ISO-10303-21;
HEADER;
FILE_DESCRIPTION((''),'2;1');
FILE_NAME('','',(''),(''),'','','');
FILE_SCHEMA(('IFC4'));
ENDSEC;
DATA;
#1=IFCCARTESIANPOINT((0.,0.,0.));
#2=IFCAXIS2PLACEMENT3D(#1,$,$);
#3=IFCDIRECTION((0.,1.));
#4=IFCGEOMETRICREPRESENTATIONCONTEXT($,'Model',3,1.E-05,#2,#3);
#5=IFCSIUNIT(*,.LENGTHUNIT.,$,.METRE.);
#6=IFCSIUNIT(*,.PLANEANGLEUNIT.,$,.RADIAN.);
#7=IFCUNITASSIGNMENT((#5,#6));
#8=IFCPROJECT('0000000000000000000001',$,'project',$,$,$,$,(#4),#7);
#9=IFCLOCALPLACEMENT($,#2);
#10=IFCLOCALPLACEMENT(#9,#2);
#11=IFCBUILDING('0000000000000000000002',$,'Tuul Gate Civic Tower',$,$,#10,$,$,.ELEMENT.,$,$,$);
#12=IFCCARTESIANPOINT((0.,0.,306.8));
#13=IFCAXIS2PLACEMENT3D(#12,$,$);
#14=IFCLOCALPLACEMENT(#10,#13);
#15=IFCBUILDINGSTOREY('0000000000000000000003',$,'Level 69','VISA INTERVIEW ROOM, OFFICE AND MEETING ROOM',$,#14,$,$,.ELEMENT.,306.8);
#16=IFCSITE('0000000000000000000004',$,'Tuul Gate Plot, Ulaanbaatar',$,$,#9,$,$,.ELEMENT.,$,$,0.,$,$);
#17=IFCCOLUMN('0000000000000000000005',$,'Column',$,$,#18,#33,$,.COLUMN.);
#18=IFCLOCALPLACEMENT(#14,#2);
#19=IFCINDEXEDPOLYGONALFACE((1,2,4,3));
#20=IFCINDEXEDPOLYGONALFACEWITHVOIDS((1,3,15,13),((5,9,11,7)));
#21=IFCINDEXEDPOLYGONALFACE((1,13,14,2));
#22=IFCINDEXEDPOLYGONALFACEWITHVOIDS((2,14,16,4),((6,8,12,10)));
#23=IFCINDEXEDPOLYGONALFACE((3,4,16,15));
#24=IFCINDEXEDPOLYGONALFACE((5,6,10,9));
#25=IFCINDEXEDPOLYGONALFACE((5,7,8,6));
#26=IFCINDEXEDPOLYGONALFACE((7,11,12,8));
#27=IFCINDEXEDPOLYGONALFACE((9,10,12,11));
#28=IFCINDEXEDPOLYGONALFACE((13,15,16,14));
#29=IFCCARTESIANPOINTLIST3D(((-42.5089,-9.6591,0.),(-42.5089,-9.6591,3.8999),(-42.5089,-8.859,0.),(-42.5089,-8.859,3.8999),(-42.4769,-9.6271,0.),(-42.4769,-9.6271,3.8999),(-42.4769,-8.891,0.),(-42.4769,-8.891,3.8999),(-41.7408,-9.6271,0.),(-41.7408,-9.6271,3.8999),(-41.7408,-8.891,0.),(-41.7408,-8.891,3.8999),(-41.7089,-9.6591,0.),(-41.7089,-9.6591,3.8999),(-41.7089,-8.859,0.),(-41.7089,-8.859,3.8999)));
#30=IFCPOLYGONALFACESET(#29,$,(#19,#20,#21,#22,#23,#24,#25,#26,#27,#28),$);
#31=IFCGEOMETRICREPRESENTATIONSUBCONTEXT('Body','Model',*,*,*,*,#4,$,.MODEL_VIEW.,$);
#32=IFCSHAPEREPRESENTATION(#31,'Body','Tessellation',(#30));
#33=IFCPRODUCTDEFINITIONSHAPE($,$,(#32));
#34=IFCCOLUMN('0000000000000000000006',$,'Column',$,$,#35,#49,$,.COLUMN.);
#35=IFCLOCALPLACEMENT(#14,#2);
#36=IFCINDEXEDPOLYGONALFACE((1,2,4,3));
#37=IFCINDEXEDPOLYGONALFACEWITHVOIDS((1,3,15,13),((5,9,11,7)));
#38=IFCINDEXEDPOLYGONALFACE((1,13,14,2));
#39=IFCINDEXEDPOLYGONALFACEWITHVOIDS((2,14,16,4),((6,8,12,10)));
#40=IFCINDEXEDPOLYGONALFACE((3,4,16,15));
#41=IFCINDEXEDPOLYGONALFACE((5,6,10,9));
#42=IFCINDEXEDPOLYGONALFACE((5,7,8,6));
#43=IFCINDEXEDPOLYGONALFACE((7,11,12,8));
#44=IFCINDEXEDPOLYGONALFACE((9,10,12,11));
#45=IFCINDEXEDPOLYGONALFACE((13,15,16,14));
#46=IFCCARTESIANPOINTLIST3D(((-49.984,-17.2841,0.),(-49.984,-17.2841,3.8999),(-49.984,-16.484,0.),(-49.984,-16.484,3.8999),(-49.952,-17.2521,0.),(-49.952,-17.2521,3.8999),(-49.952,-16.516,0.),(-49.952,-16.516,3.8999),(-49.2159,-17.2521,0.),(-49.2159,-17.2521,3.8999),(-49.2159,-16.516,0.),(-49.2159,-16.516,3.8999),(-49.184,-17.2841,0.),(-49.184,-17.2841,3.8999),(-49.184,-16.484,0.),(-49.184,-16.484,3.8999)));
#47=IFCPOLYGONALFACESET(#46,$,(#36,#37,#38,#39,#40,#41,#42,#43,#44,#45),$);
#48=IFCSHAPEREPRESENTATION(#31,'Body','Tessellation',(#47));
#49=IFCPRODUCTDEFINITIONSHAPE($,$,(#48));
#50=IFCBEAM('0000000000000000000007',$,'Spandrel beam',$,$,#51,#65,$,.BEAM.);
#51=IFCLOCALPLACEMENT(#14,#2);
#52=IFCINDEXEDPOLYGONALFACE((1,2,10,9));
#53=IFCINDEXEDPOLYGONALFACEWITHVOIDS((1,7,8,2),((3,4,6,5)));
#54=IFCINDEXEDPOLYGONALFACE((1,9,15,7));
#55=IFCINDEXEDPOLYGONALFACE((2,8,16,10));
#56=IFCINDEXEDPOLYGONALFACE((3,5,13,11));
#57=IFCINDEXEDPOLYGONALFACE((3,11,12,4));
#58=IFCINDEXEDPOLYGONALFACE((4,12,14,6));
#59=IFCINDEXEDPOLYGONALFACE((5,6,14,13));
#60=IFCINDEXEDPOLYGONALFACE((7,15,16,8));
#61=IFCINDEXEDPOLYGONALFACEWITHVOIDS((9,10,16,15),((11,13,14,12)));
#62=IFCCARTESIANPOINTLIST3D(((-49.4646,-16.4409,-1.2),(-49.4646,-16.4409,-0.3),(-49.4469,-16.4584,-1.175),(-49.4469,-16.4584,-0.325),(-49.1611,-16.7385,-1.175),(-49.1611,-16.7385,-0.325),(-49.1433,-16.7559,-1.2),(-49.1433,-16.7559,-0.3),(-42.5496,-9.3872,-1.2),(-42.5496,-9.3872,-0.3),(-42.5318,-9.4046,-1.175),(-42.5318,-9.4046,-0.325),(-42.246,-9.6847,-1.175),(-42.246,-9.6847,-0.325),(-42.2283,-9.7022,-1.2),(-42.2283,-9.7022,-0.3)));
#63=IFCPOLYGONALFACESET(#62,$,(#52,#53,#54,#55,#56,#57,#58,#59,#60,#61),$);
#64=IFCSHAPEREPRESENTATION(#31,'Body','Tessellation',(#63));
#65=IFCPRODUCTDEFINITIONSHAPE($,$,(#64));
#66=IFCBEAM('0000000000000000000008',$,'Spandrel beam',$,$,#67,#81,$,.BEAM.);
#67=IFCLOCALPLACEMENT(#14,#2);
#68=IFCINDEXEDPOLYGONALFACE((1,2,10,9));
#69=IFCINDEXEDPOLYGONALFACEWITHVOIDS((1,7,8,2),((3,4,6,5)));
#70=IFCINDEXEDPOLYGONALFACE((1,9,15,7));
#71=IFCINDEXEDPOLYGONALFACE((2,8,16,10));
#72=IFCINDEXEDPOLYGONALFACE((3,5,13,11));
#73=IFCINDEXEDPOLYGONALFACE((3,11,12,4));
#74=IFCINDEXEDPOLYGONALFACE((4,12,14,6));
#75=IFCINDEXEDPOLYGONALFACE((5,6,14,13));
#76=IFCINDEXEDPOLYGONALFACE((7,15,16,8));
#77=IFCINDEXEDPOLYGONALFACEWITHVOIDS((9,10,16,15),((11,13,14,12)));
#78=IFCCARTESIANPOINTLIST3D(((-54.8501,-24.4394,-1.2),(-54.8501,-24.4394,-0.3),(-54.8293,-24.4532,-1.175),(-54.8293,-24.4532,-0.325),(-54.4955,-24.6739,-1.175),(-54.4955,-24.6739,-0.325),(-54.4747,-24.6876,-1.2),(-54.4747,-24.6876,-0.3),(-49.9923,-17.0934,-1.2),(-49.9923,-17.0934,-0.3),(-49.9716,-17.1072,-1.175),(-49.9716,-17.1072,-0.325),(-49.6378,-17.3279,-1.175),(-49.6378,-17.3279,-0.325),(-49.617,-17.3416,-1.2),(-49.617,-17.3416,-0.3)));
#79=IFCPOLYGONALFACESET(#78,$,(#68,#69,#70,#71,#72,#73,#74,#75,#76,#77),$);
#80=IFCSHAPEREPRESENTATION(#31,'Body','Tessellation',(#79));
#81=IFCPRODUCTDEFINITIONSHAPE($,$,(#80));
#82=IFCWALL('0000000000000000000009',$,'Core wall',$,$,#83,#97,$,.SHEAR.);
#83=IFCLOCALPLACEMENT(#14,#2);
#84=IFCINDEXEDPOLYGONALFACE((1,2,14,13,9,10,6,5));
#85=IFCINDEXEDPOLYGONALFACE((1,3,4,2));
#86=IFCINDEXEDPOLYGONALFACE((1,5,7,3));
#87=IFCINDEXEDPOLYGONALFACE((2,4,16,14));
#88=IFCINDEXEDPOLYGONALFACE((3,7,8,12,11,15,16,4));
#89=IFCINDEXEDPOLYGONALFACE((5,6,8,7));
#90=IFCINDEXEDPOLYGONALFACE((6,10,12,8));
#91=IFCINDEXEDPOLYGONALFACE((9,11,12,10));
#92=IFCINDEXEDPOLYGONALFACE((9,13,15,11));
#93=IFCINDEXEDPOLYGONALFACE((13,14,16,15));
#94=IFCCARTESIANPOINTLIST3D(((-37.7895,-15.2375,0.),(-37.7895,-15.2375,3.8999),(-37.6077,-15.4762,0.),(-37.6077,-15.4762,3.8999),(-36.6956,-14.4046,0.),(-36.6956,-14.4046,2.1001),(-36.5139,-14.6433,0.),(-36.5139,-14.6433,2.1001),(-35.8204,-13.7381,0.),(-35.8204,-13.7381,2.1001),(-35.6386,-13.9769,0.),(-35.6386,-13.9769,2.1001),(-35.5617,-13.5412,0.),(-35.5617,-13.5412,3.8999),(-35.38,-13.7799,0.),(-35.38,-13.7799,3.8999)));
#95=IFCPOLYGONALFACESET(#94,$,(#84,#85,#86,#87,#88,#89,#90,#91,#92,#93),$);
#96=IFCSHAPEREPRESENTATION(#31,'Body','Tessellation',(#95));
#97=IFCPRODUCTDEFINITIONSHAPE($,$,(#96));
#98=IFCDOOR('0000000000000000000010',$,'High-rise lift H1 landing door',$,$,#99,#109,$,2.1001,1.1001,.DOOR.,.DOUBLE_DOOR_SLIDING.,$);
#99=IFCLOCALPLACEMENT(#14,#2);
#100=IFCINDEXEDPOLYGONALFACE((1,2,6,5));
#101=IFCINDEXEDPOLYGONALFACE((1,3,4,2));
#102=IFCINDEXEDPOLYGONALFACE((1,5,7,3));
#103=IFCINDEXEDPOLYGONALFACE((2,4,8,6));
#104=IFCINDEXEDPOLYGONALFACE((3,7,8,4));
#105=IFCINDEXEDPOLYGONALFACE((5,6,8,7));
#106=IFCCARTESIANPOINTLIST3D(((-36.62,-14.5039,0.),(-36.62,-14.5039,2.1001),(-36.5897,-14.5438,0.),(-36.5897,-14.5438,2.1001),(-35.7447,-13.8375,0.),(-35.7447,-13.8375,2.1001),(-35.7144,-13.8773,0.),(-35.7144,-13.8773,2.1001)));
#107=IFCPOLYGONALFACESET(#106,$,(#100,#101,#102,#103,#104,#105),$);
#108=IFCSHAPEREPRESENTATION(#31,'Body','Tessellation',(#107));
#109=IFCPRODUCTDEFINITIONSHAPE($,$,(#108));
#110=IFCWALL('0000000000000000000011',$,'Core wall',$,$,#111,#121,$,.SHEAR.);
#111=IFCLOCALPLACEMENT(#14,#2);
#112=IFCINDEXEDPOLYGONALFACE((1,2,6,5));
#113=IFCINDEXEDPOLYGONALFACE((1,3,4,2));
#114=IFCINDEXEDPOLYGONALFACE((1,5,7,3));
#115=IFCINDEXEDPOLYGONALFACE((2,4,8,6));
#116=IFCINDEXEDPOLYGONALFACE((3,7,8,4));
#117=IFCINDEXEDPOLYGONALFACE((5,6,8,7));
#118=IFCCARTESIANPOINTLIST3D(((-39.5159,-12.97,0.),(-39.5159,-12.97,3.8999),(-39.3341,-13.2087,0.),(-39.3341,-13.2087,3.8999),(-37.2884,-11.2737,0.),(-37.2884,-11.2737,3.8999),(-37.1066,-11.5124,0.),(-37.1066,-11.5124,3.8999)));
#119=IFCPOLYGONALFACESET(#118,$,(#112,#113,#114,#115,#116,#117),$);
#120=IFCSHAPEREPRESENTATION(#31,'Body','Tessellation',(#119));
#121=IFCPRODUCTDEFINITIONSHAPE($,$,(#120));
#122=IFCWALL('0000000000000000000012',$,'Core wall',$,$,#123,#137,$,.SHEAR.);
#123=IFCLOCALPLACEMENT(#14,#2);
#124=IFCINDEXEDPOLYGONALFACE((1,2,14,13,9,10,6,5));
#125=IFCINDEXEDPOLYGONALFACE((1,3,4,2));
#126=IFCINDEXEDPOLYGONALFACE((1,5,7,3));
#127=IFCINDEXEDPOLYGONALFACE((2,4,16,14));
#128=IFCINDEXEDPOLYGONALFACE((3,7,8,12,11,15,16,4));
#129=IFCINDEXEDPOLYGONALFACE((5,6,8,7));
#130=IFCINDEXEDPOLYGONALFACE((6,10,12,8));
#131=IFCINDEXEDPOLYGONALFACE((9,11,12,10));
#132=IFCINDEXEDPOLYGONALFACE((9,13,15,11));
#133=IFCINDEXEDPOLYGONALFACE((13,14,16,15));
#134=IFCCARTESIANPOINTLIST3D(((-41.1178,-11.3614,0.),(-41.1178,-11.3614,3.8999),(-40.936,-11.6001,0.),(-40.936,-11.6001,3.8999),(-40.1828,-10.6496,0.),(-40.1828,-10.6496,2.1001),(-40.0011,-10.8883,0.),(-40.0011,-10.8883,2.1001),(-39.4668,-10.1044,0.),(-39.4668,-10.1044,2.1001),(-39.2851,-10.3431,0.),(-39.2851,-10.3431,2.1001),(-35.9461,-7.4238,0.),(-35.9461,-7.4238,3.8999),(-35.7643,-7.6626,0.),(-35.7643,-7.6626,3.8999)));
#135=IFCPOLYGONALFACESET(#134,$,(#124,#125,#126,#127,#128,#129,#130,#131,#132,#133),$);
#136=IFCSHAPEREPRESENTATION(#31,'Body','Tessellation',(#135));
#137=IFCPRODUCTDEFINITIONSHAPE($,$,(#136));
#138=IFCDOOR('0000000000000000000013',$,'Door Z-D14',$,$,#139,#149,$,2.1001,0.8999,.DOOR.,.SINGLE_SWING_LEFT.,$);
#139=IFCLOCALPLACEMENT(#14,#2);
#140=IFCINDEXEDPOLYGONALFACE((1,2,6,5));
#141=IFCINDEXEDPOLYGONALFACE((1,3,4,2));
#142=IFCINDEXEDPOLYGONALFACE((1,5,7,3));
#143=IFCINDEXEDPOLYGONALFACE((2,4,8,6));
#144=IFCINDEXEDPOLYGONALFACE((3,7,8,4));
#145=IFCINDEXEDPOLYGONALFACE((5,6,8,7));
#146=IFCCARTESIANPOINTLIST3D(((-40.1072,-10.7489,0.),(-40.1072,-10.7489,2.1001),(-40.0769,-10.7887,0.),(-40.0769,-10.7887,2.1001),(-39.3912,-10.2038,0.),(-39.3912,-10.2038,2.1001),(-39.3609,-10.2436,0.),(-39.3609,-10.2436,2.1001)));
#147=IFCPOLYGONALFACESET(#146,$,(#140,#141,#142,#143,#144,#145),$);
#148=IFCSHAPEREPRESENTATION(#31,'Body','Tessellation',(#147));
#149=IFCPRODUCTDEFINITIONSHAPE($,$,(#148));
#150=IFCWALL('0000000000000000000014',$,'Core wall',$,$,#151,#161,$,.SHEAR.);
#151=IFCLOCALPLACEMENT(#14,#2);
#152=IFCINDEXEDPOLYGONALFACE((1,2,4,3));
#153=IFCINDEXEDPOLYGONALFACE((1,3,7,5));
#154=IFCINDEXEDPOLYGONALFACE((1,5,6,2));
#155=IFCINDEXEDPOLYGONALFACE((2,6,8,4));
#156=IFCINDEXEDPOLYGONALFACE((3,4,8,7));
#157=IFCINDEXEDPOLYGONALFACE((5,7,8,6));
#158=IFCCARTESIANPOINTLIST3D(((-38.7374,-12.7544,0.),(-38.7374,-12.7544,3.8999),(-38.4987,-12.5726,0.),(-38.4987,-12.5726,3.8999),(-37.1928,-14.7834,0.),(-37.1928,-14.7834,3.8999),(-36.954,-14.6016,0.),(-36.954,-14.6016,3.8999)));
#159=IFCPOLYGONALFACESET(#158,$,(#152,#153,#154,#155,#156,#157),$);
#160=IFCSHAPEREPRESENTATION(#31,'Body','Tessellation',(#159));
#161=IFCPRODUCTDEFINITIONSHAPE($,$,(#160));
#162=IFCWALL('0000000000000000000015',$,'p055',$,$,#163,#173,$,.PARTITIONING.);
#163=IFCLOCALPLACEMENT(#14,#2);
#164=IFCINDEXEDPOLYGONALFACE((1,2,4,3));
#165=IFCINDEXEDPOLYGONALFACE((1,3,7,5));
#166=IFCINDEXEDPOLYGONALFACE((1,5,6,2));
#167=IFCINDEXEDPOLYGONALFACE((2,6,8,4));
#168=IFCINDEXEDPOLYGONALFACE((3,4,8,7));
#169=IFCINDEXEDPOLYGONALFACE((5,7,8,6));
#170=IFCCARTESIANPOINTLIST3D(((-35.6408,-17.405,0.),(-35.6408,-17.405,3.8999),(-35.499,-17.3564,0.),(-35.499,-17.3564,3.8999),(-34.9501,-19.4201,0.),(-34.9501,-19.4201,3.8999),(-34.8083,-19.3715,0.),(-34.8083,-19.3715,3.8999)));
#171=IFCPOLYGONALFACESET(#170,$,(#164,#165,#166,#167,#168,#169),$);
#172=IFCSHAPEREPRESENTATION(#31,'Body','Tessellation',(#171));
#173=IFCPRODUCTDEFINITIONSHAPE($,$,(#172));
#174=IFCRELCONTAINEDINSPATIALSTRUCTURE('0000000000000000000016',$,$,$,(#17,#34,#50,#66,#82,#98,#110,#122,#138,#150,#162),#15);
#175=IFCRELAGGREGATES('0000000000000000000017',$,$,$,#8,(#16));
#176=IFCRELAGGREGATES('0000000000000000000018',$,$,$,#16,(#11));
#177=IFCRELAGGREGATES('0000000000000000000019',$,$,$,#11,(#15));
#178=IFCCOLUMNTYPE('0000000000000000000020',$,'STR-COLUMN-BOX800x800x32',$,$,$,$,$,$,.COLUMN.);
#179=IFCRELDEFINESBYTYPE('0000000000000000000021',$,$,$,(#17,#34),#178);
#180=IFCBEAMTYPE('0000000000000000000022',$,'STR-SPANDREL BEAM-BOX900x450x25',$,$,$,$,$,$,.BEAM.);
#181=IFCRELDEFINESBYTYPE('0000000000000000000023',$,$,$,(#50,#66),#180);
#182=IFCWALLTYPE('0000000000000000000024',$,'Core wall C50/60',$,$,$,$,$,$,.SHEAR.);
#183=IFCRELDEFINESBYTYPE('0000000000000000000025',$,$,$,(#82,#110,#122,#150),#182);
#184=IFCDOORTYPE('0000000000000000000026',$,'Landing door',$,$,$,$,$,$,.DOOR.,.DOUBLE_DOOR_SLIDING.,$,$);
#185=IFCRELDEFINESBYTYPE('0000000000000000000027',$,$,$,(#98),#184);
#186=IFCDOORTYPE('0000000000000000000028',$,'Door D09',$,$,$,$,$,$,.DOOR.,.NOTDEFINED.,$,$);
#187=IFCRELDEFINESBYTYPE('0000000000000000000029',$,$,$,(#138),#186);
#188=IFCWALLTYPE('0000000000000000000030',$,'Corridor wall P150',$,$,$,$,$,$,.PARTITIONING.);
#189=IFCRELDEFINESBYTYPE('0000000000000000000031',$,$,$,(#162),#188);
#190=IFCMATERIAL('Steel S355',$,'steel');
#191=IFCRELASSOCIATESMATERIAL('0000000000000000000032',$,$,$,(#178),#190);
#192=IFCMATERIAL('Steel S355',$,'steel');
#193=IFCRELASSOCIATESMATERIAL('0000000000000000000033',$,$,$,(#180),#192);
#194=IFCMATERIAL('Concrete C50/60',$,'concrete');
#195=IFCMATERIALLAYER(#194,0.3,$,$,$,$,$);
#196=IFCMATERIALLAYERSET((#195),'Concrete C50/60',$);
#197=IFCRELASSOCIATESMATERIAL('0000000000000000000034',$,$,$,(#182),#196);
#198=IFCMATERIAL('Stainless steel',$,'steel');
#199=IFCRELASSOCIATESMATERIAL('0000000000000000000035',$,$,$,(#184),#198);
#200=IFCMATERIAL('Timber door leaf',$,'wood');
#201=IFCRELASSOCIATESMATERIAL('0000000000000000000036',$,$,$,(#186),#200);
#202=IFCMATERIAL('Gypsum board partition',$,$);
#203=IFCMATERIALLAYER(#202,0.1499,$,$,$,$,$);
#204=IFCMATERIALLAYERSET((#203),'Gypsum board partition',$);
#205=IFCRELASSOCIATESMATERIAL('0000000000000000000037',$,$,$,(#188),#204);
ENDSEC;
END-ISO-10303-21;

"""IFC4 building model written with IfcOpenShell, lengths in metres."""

from ifc_helpers import new_model, si_unit, direction, frame, frame_2d, origin, origin_2d, place, context, subcontext, project, spatial, rectangle, hollow_rectangle, extrude, material, layer, layer_set, material_profile, profile_set, type_object, element, fill, save


model = new_model("IFC4")

# Units and contexts
model_context = context("Model", 3, precision=1e-05, world=origin(), true_north=direction((0.0, 1.0)))
body_context = subcontext(model_context, "Body", "Model", "MODEL_VIEW")
ifc_project = project(units=[si_unit("LENGTHUNIT", "METRE"), si_unit("PLANEANGLEUNIT", "RADIAN")], contexts=[model_context])

# Site, building, storey
site_placement = place(None, origin())
site = spatial("IfcSite", under=ifc_project, at=site_placement, Name="Tuul Gate Plot, Ulaanbaatar", CompositionType="ELEMENT", RefElevation=0.0)
building_placement = place(site_placement, origin())
building = spatial("IfcBuilding", under=site, at=building_placement, Name="Tuul Gate Civic Tower", CompositionType="ELEMENT")
storey_placement = place(building_placement, frame((0.0, 0.0, 306.8)))
storey = spatial("IfcBuildingStorey", under=building, at=storey_placement, Name="Level 69", Description="VISA INTERVIEW ROOM, OFFICE AND MEETING ROOM", CompositionType="ELEMENT", Elevation=306.8)

# Columns
ifc_material_1 = material(Name="Steel S355", Category="steel")
ifc_material_profile_1 = material_profile(ifc_material_1, hollow_rectangle(XDim=0.8, YDim=0.8, WallThickness=0.032, at=origin_2d()), Name="BOX800x800x32")
ifc_profile_set_1 = profile_set([ifc_material_profile_1], Name="Steel S355")
column_type = type_object("IfcColumnType", Name="STR-COLUMN-BOX800x800x32", PredefinedType="COLUMN", material=ifc_profile_set_1)
for number, where, z_axis, x_axis, name in (
    (1, (-42.1089, -9.259, 0.0), (0.0, 0.0, 1.0), (1.0, 0.0, 0.0), "Column"),
    (2, (-49.584, -16.884, 0.0), (0.0, 0.0, 1.0), (1.0, 0.0, 0.0), "Column"),
):
    element("IfcColumn", number, at=place(storey_placement, frame(where, z_axis=z_axis, x_axis=x_axis)), inside=storey, type_object=column_type, Name=name, PredefinedType="COLUMN", context=body_context, shape_type="SweptSolid", body=[
        extrude(hollow_rectangle(XDim=0.8, YDim=0.8, WallThickness=0.032, at=origin_2d()), origin(), (0.0, 0.0, 1.0), 3.8999),
    ])

# Beams
ifc_material_2 = material(Name="Steel S355", Category="steel")
ifc_material_profile_2 = material_profile(ifc_material_2, hollow_rectangle(XDim=0.45, YDim=0.8999, WallThickness=0.0249, at=origin_2d()), Name="BOX900x450x25")
ifc_profile_set_2 = profile_set([ifc_material_profile_2], Name="Steel S355")
beam_type = type_object("IfcBeamType", Name="STR-SPANDREL BEAM-BOX900x450x25", PredefinedType="BEAM", material=ifc_profile_set_2)
beam_1_placement = place(storey_placement, frame((-42.3889, -9.5447, -0.75), z_axis=(-0.700053, -0.714091, 0.0), x_axis=(0.714091, -0.700053, 0.0)))
element("IfcBeam", 3, at=beam_1_placement, inside=storey, type_object=beam_type, Name="Spandrel beam", PredefinedType="BEAM", context=body_context, shape_type="SweptSolid", body=[
    extrude(hollow_rectangle(XDim=0.45, YDim=0.8999, WallThickness=0.0249, at=origin_2d()), origin(), (0.0, 0.0, 1.0), 9.8779),
])
beam_2_placement = place(storey_placement, frame((-49.8047, -17.2175, -0.75), z_axis=(-0.551581, -0.834121, 0.0), x_axis=(0.834121, -0.551581, 0.0)))
element("IfcBeam", 4, at=beam_2_placement, inside=storey, type_object=beam_type, Name="Spandrel beam", PredefinedType="BEAM", context=body_context, shape_type="SweptSolid", body=[
    extrude(hollow_rectangle(XDim=0.45, YDim=0.8999, WallThickness=0.0249, at=origin_2d()), origin(), (0.0, 0.0, 1.0), 8.8069),
])

# Wall, opening, door
ifc_material_3 = material(Name="Concrete C50/60", Category="concrete")
ifc_layer_1 = layer(ifc_material_3, 0.3)
ifc_layer_set_1 = layer_set([ifc_layer_1], Name="Concrete C50/60")
wall_type_1 = type_object("IfcWallType", Name="Core wall C50/60", PredefinedType="SHEAR", material=ifc_layer_set_1)
wall_1_placement = place(storey_placement, frame((-35.4709, -13.6606, 0.0), z_axis=(0.0, 0.0, 1.0), x_axis=(-0.795616, -0.605802, 0.0)))
wall_1 = element("IfcWall", 5, at=wall_1_placement, inside=storey, type_object=wall_type_1, Name="Core wall", PredefinedType="SHEAR", context=body_context, shape_type="SweptSolid", body=[
    extrude(rectangle(XDim=2.8, YDim=0.3, at=frame_2d((1.3999, 0.0))), origin(), (0.0, 0.0, 1.0), 3.8999),
])
opening_1_placement = place(wall_1_placement, frame((0.325, 0.0, 0.0)))
opening_1 = element("IfcOpeningElement", 6, at=opening_1_placement, cuts=wall_1, PredefinedType="OPENING", context=body_context, shape_type="SweptSolid", body=[
    extrude(rectangle(XDim=1.1001, YDim=2.1001, at=frame_2d((0.55, 1.05))), frame((0.0, 0.1602, 0.0), z_axis=(0.0, -1.0, 0.0), x_axis=(1.0, 0.0, 0.0)), (0.0, 0.0, 1.0), 0.3201),
])
ifc_material_4 = material(Name="Stainless steel", Category="steel")
door_type_1 = type_object("IfcDoorType", Name="Landing door", OperationType="DOUBLE_DOOR_SLIDING", PredefinedType="DOOR", material=ifc_material_4)
door_1_placement = place(opening_1_placement, origin())
door_1 = element("IfcDoor", 7, at=door_1_placement, inside=storey, type_object=door_type_1, Name="High-rise lift H1 landing door", OperationType="DOUBLE_DOOR_SLIDING", OverallHeight=2.1001, OverallWidth=1.1001, PredefinedType="DOOR", context=body_context, shape_type="SweptSolid", body=[
    extrude(rectangle(XDim=1.1001, YDim=2.1001, at=frame_2d((0.55, 1.05))), frame((0.0, 0.0249, 0.0), z_axis=(0.0, -1.0, 0.0), x_axis=(1.0, 0.0, 0.0)), (0.0, 0.0, 1.0), 0.05),
])
fill(opening_1, door_1)

# Wall
wall_2_placement = place(storey_placement, frame((-37.1975, -11.3931, 0.0), z_axis=(0.0, 0.0, 1.0), x_axis=(-0.795584, -0.605844, 0.0)))
element("IfcWall", 8, at=wall_2_placement, inside=storey, type_object=wall_type_1, Name="Core wall", PredefinedType="SHEAR", context=body_context, shape_type="SweptSolid", body=[
    extrude(rectangle(XDim=2.7998, YDim=0.3, at=frame_2d((1.3999, 0.0))), origin(), (0.0, 0.0, 1.0), 3.8999),
])

# Wall, opening, door
wall_3_placement = place(storey_placement, frame((-35.8552, -7.5432, 0.0), z_axis=(0.0, 0.0, 1.0), x_axis=(-0.795639, -0.605772, 0.0)))
wall_3 = element("IfcWall", 9, at=wall_3_placement, inside=storey, type_object=wall_type_1, Name="Core wall", PredefinedType="SHEAR", context=body_context, shape_type="SweptSolid", body=[
    extrude(rectangle(XDim=6.5, YDim=0.3, at=frame_2d((3.25, 0.0))), origin(), (0.0, 0.0, 1.0), 3.8999),
])
opening_2_placement = place(wall_3_placement, frame((4.425, 0.0, 0.0)))
opening_2 = element("IfcOpeningElement", 10, at=opening_2_placement, cuts=wall_3, PredefinedType="OPENING", context=body_context, shape_type="SweptSolid", body=[
    extrude(rectangle(XDim=0.8999, YDim=2.1001, at=frame_2d((0.45, 1.05))), frame((0.0, 0.1602, 0.0), z_axis=(0.0, -1.0, 0.0), x_axis=(1.0, 0.0, 0.0)), (0.0, 0.0, 1.0), 0.3201),
])
ifc_material_5 = material(Name="Timber door leaf", Category="wood")
door_type_2 = type_object("IfcDoorType", Name="Door D09", OperationType="NOTDEFINED", PredefinedType="DOOR", material=ifc_material_5)
door_2_placement = place(opening_2_placement, origin())
door_2 = element("IfcDoor", 11, at=door_2_placement, inside=storey, type_object=door_type_2, Name="Door Z-D14", OperationType="SINGLE_SWING_LEFT", OverallHeight=2.1001, OverallWidth=0.8999, PredefinedType="DOOR", context=body_context, shape_type="SweptSolid", body=[
    extrude(rectangle(XDim=0.8999, YDim=2.1001, at=frame_2d((0.45, 1.05))), frame((0.0, 0.0249, 0.0), z_axis=(0.0, -1.0, 0.0), x_axis=(1.0, 0.0, 0.0)), (0.0, 0.0, 1.0), 0.05),
])
fill(opening_2, door_2)

# Walls
wall_4_placement = place(storey_placement, frame((-37.0735, -14.6924, 0.0), z_axis=(0.0, 0.0, 1.0), x_axis=(-0.605729, 0.795671, 0.0)))
element("IfcWall", 12, at=wall_4_placement, inside=storey, type_object=wall_type_1, Name="Core wall", PredefinedType="SHEAR", context=body_context, shape_type="SweptSolid", body=[
    extrude(rectangle(XDim=2.55, YDim=0.3, at=frame_2d((1.2749, 0.0))), origin(), (0.0, 0.0, 1.0), 3.8999),
])
ifc_material_6 = material(Name="Gypsum board partition")
ifc_layer_2 = layer(ifc_material_6, 0.1499)
ifc_layer_set_2 = layer_set([ifc_layer_2], Name="Gypsum board partition")
wall_type_2 = type_object("IfcWallType", Name="Corridor wall P150", PredefinedType="PARTITIONING", material=ifc_layer_set_2)
wall_5_placement = place(storey_placement, frame((-35.5698, -17.3809, 0.0), z_axis=(0.0, 0.0, 1.0), x_axis=(0.324228, -0.945979, 0.0)))
element("IfcWall", 13, at=wall_5_placement, inside=storey, type_object=wall_type_2, Name="p055", PredefinedType="PARTITIONING", context=body_context, shape_type="SweptSolid", body=[
    extrude(rectangle(XDim=2.1301, YDim=0.1499, at=frame_2d((1.0649, 0.0))), origin(), (0.0, 0.0, 1.0), 3.8999),
])

save(model, "model.ifc")
